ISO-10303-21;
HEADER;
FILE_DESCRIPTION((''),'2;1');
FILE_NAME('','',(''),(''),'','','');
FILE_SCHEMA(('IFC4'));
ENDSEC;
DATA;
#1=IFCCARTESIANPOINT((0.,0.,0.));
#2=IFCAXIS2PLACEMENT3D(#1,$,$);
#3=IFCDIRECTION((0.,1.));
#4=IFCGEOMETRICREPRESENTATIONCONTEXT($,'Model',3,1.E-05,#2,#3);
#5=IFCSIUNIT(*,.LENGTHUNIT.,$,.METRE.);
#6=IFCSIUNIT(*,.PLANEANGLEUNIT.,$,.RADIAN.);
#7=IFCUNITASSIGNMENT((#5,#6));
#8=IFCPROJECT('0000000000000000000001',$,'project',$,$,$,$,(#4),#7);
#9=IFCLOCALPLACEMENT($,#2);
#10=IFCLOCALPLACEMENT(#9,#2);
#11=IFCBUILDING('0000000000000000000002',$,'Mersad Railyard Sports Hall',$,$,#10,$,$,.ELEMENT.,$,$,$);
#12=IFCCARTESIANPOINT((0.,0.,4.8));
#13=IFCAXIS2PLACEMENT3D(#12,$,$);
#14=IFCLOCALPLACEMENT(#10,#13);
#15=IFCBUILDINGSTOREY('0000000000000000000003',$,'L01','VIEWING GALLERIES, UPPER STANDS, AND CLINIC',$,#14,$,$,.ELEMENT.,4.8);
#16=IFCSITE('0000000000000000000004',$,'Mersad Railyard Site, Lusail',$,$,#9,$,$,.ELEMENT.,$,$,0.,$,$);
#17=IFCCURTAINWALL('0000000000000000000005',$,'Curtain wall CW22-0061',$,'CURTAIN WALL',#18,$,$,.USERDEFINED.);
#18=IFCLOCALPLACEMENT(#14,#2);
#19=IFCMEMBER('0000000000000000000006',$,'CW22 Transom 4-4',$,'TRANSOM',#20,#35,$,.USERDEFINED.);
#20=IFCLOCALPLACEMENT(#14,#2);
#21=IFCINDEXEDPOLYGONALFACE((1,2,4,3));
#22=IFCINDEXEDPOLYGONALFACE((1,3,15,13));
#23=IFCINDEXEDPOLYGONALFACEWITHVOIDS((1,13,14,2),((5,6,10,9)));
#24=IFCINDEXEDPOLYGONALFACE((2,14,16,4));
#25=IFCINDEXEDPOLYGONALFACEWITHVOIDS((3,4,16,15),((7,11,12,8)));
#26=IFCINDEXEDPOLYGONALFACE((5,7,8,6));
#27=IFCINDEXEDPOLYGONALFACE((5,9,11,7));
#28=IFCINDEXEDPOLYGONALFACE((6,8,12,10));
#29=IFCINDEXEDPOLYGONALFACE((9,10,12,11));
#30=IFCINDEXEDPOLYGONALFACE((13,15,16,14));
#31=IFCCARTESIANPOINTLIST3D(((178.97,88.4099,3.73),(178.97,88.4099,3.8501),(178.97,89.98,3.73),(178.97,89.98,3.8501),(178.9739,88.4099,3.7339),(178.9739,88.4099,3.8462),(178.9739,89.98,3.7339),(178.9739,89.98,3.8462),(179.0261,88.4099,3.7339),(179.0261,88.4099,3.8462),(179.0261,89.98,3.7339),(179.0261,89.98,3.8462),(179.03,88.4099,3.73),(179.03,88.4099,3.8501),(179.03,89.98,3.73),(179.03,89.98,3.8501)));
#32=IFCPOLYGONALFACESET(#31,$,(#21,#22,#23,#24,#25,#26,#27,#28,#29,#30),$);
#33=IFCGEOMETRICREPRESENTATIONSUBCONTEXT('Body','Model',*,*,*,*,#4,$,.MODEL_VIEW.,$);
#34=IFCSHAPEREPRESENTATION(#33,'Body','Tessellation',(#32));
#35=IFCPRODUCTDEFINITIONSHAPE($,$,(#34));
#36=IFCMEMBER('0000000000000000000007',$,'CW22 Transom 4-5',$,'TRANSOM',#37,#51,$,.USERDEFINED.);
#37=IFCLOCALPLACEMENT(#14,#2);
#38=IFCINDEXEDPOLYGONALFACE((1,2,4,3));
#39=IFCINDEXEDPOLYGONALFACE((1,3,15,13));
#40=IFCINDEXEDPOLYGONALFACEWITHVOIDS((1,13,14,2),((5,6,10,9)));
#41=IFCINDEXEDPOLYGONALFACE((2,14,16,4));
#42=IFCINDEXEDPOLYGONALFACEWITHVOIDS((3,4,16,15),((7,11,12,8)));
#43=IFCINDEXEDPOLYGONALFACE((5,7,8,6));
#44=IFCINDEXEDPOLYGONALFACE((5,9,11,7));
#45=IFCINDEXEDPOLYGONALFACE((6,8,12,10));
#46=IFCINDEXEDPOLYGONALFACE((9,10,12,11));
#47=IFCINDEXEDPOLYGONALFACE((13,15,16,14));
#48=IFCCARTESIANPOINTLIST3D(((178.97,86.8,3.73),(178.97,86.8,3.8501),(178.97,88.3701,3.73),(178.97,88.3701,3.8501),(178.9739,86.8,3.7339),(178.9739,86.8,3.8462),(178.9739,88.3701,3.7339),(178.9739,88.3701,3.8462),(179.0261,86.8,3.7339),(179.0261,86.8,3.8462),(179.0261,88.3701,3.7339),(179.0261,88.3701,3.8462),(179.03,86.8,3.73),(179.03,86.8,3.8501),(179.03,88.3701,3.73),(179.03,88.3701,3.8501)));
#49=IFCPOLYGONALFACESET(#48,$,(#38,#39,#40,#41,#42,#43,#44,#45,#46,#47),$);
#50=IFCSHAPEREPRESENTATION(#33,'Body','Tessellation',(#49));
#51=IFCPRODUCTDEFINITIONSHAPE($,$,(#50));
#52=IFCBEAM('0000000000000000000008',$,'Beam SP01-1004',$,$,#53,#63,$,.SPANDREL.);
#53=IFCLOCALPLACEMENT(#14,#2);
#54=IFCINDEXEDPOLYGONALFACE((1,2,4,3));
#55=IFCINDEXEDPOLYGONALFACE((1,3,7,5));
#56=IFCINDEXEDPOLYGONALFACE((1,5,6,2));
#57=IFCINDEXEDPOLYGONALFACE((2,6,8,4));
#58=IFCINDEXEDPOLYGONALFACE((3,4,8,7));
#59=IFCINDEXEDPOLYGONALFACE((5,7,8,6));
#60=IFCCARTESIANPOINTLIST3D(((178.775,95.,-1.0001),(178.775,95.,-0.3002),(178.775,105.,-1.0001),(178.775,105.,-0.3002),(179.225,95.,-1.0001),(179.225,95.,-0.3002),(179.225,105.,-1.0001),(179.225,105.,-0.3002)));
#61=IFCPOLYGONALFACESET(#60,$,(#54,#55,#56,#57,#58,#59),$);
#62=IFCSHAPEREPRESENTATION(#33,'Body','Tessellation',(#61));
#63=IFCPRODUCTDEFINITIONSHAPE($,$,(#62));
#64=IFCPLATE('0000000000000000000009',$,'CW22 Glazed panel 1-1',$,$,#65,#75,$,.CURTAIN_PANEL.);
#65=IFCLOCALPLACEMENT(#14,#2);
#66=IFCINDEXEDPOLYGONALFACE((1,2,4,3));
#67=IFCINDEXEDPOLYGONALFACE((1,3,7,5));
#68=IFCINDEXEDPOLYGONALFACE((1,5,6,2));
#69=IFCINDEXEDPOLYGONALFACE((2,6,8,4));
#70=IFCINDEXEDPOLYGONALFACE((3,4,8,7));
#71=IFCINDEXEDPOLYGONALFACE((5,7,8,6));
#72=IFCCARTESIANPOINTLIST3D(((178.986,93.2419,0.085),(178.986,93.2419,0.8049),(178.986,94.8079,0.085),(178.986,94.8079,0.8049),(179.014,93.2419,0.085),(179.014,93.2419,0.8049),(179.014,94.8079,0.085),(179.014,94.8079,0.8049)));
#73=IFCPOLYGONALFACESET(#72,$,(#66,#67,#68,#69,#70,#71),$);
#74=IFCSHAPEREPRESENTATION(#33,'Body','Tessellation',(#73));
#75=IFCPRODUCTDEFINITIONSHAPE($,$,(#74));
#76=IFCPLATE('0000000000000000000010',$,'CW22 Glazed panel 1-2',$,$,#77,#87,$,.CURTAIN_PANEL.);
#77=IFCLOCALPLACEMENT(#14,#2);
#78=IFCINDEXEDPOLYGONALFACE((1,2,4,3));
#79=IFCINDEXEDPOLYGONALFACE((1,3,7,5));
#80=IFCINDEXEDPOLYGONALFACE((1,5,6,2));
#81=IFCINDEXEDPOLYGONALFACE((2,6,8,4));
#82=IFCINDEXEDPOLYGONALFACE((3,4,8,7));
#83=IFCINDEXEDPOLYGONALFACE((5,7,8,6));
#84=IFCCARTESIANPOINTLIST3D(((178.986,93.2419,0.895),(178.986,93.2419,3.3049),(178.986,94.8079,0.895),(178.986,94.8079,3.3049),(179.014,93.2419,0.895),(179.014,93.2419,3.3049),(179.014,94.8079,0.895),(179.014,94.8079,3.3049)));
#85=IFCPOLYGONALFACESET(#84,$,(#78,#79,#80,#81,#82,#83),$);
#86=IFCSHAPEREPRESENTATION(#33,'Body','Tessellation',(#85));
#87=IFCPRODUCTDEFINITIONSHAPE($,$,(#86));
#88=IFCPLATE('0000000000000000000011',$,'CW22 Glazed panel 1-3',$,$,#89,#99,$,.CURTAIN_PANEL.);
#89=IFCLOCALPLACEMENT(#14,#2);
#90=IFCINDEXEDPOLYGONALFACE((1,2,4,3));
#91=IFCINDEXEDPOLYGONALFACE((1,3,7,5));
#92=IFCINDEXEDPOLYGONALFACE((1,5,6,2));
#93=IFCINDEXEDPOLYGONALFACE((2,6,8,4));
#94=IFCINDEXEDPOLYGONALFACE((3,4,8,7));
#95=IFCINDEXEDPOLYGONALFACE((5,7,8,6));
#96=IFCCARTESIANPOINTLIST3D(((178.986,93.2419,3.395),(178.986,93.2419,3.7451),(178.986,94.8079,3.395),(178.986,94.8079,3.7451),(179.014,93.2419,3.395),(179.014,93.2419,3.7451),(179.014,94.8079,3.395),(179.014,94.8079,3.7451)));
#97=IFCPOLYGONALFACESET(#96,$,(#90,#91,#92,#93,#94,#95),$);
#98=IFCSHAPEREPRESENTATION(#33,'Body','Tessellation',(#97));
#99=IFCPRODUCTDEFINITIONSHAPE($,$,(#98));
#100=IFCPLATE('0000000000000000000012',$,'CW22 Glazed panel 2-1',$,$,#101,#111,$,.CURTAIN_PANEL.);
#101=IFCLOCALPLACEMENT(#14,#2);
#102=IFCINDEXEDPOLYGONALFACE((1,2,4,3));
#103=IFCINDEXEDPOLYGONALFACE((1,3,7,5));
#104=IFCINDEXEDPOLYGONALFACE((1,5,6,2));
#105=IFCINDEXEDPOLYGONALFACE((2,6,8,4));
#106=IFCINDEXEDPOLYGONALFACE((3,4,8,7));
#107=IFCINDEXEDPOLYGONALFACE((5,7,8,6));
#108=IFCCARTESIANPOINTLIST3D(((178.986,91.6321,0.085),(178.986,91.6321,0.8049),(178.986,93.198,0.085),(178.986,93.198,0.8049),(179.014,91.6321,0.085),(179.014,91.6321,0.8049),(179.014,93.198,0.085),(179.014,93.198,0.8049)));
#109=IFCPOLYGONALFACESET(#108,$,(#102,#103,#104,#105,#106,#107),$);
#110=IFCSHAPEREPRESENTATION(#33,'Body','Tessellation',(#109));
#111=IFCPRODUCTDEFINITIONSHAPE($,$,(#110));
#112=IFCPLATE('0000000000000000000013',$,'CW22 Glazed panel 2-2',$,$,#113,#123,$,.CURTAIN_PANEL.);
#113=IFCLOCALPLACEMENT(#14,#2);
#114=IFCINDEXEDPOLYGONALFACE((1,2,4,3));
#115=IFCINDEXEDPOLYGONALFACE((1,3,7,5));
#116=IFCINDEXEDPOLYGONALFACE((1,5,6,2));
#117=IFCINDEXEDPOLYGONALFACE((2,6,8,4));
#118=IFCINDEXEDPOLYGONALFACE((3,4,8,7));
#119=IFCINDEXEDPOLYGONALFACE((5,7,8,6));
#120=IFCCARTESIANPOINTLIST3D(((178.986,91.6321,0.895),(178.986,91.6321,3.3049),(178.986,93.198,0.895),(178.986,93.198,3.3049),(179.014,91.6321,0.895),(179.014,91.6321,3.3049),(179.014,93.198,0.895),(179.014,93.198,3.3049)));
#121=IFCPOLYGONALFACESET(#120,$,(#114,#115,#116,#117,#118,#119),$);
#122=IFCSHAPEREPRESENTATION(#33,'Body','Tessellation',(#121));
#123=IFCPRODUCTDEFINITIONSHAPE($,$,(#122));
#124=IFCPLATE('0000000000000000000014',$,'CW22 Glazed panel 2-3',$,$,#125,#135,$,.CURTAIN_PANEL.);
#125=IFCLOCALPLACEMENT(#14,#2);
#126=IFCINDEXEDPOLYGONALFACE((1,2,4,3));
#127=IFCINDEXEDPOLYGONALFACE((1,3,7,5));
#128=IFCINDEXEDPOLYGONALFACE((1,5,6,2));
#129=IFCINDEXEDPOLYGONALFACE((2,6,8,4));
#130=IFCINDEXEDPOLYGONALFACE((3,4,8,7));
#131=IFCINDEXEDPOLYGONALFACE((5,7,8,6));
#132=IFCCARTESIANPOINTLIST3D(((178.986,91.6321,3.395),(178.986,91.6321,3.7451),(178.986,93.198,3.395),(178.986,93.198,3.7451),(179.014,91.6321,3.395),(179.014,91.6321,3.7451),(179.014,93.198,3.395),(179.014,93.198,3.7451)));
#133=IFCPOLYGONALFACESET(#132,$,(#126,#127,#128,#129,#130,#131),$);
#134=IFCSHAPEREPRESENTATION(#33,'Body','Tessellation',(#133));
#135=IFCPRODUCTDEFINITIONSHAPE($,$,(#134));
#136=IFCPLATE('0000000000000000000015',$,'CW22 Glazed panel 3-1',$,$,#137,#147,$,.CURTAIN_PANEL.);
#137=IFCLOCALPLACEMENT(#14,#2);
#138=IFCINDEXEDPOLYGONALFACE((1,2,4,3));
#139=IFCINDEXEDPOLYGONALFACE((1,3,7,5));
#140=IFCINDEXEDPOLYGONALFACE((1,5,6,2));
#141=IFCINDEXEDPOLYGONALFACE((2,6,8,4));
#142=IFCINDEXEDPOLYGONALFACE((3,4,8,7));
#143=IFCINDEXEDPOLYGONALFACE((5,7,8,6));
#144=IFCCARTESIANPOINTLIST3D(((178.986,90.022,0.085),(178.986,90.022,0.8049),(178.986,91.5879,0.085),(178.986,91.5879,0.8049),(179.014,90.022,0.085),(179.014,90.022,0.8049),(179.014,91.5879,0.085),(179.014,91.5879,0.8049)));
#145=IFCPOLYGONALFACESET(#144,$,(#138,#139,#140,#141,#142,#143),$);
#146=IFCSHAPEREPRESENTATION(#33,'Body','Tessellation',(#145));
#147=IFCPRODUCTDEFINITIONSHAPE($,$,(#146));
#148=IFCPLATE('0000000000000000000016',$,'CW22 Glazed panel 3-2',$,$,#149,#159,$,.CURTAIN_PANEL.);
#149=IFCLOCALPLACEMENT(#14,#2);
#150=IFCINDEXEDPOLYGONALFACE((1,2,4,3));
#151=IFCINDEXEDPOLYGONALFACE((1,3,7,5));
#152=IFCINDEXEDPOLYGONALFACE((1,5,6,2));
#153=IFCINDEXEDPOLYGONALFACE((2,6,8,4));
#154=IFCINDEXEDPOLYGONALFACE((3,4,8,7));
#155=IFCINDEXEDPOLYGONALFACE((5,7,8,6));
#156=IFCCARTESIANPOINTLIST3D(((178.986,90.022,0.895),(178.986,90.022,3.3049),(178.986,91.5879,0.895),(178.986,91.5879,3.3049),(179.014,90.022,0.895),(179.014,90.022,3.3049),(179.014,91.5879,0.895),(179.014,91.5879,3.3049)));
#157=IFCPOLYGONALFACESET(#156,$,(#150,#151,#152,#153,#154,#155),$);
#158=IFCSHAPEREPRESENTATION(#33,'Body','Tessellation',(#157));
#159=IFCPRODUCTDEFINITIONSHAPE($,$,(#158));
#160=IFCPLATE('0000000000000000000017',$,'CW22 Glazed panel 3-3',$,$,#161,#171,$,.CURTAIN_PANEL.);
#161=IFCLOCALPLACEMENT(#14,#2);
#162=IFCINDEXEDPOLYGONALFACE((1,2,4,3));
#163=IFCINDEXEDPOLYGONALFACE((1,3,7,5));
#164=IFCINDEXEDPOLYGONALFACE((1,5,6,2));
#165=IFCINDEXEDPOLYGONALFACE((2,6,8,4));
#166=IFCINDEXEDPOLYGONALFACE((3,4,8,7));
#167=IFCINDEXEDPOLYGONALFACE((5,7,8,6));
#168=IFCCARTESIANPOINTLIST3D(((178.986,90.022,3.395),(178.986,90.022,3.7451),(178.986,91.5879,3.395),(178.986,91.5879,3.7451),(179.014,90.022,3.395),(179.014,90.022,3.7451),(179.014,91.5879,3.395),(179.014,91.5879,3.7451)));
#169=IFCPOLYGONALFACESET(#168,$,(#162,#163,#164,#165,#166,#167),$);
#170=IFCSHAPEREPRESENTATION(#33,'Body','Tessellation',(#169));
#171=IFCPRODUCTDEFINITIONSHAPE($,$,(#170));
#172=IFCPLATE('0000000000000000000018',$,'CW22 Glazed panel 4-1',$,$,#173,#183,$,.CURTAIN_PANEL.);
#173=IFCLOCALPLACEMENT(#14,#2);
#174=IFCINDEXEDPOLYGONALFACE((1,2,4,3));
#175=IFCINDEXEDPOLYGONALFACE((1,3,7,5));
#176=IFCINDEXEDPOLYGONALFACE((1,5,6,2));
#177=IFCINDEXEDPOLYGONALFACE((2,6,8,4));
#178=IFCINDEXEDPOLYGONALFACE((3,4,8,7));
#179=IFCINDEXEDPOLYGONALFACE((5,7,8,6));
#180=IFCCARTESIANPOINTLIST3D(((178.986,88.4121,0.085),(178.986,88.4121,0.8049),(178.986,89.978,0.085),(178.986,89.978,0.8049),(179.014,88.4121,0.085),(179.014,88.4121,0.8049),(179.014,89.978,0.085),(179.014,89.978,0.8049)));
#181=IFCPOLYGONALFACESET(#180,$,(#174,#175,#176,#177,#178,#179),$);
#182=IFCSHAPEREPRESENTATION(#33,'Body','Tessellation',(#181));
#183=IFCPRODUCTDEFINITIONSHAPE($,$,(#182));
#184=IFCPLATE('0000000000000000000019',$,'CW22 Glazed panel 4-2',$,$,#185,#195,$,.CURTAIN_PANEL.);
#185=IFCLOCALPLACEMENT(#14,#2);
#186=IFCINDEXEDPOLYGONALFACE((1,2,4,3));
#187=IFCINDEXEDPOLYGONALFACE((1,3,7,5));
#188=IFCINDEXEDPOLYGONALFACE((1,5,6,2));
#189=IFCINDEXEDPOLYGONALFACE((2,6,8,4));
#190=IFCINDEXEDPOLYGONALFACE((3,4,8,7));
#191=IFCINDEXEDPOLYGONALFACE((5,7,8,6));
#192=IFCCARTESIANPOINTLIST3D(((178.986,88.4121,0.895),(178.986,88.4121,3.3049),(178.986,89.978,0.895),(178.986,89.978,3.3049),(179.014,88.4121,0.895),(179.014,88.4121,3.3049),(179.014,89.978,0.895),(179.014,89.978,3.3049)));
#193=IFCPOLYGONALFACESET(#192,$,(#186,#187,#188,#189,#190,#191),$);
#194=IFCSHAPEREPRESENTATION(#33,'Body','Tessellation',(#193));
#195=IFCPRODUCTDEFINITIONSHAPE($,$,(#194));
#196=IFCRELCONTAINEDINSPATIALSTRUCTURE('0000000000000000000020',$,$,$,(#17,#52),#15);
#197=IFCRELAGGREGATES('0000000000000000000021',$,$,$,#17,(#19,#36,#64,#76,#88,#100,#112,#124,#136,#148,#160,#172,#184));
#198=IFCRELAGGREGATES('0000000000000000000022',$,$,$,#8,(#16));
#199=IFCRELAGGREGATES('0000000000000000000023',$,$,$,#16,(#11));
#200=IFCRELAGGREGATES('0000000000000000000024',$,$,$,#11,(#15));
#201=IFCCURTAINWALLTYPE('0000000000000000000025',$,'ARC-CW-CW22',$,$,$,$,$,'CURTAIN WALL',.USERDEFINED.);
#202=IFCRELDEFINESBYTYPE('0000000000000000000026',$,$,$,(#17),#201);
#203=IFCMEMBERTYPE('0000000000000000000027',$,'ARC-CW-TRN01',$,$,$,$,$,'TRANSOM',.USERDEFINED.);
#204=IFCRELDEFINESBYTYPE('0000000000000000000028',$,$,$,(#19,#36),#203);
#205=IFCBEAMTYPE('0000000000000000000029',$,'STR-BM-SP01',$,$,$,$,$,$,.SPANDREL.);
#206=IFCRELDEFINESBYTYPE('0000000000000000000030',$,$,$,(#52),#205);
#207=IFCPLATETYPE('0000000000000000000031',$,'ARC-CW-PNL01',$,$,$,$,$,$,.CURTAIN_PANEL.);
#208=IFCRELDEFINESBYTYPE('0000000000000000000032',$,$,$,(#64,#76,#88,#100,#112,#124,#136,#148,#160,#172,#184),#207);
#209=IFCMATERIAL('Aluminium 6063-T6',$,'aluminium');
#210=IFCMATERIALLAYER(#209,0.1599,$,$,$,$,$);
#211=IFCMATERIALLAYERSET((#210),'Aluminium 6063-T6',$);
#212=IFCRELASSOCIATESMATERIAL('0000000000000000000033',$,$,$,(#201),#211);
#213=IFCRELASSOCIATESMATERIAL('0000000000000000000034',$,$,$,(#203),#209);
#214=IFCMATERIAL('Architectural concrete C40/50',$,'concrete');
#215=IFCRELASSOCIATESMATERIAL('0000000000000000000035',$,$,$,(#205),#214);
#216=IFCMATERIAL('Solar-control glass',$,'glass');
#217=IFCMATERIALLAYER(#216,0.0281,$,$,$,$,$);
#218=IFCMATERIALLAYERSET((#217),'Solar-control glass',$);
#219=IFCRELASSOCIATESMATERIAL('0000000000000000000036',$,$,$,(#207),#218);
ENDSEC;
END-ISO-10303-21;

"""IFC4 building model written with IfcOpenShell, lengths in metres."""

from ifc_helpers import new_model, si_unit, direction, frame, origin, origin_2d, place, context, subcontext, project, spatial, rectangle, hollow_rectangle, extrude, material, layer, layer_set, material_profile, profile_set, type_object, element, aggregate, save


model = new_model("IFC4")

# Units and contexts
model_context = context("Model", 3, precision=1e-05, world=origin(), true_north=direction((0.0, 1.0)))
body_context = subcontext(model_context, "Body", "Model", "MODEL_VIEW")
ifc_project = project(units=[si_unit("LENGTHUNIT", "METRE"), si_unit("PLANEANGLEUNIT", "RADIAN")], contexts=[model_context])

# Site, building, storey
site_placement = place(None, origin())
site = spatial("IfcSite", under=ifc_project, at=site_placement, Name="Mersad Railyard Site, Lusail", CompositionType="ELEMENT", RefElevation=0.0)
building_placement = place(site_placement, origin())
building = spatial("IfcBuilding", under=site, at=building_placement, Name="Mersad Railyard Sports Hall", CompositionType="ELEMENT")
storey_placement = place(building_placement, frame((0.0, 0.0, 4.8)))
storey = spatial("IfcBuildingStorey", under=building, at=storey_placement, Name="L01", Description="VIEWING GALLERIES, UPPER STANDS, AND CLINIC", CompositionType="ELEMENT", Elevation=4.8)

# Curtain wall, members
ifc_material_1 = material(Name="Aluminium 6063-T6", Category="aluminium")
ifc_layer_1 = layer(ifc_material_1, 0.1599)
ifc_layer_set_1 = layer_set([ifc_layer_1], Name="Aluminium 6063-T6")
curtain_wall_type = type_object("IfcCurtainWallType", Name="ARC-CW-CW22", ElementType="CURTAIN WALL", PredefinedType="USERDEFINED", material=ifc_layer_set_1)
curtain_wall_placement = place(storey_placement, origin())
curtain_wall = element("IfcCurtainWall", 1, at=curtain_wall_placement, inside=storey, type_object=curtain_wall_type, Name="Curtain wall CW22-0061", ObjectType="CURTAIN WALL", PredefinedType="USERDEFINED")
ifc_material_profile_1 = material_profile(ifc_material_1, hollow_rectangle(XDim=0.0601, YDim=0.1201, WallThickness=0.0039, at=origin_2d()), Name="AL TRANSOM 60x120x4")
ifc_profile_set_1 = profile_set([ifc_material_profile_1], Name="Aluminium 6063-T6")
member_type_1 = type_object("IfcMemberType", Name="ARC-CW-TRN01", ElementType="TRANSOM", PredefinedType="USERDEFINED", material=ifc_profile_set_1)
member_1_placement = place(storey_placement, frame((179.0, 89.98, 3.79), z_axis=(0.0, -1.0, 0.0), x_axis=(1.0, 0.0, 0.0)))
member_1 = element("IfcMember", 2, at=member_1_placement, type_object=member_type_1, Name="CW22 Transom 4-4", ObjectType="TRANSOM", PredefinedType="USERDEFINED", context=body_context, shape_type="SweptSolid", body=[
    extrude(hollow_rectangle(XDim=0.0601, YDim=0.1201, WallThickness=0.0039, at=origin_2d()), origin(), (0.0, 0.0, 1.0), 1.5701),
])
member_2_placement = place(storey_placement, frame((179.0, 88.3701, 3.79), z_axis=(0.0, -1.0, 0.0), x_axis=(1.0, 0.0, 0.0)))
member_2 = element("IfcMember", 3, at=member_2_placement, type_object=member_type_1, Name="CW22 Transom 4-5", ObjectType="TRANSOM", PredefinedType="USERDEFINED", context=body_context, shape_type="SweptSolid", body=[
    extrude(hollow_rectangle(XDim=0.0601, YDim=0.1201, WallThickness=0.0039, at=origin_2d()), origin(), (0.0, 0.0, 1.0), 1.5701),
])

# Beam
ifc_material_2 = material(Name="Architectural concrete C40/50", Category="concrete")
ifc_material_profile_2 = material_profile(ifc_material_2, rectangle(XDim=0.45, YDim=0.7, at=origin_2d()), Name="RC 450x700")
ifc_profile_set_2 = profile_set([ifc_material_profile_2], Name="Architectural concrete C40/50")
beam_type = type_object("IfcBeamType", Name="STR-BM-SP01", PredefinedType="SPANDREL", material=ifc_profile_set_2)
beam_placement = place(storey_placement, frame((179.0, 95.0, -0.6501), z_axis=(0.0, 1.0, 0.0), x_axis=(-1.0, 0.0, 0.0)))
element("IfcBeam", 4, at=beam_placement, inside=storey, type_object=beam_type, Name="Beam SP01-1004", PredefinedType="SPANDREL", context=body_context, shape_type="SweptSolid", body=[
    extrude(rectangle(XDim=0.45, YDim=0.7, at=origin_2d()), origin(), (0.0, 0.0, 1.0), 10.0),
])

# Plates
ifc_material_3 = material(Name="Solar-control glass", Category="glass")
ifc_layer_2 = layer(ifc_material_3, 0.0281)
ifc_layer_set_2 = layer_set([ifc_layer_2], Name="Solar-control glass")
plate_type = type_object("IfcPlateType", Name="ARC-CW-PNL01", PredefinedType="CURTAIN_PANEL", material=ifc_layer_set_2)
plate_1_placement = place(storey_placement, frame((179.0, 94.0249, 0.085), z_axis=(0.0, 0.0, 1.0), x_axis=(0.0, -1.0, 0.0)))
plate_1 = element("IfcPlate", 5, at=plate_1_placement, type_object=plate_type, Name="CW22 Glazed panel 1-1", PredefinedType="CURTAIN_PANEL", context=body_context, shape_type="SweptSolid", body=[
    extrude(rectangle(XDim=1.5659, YDim=0.0281, at=origin_2d()), origin(), (0.0, 0.0, 1.0), 0.72),
])
plate_2_placement = place(storey_placement, frame((179.0, 94.0249, 0.895), z_axis=(0.0, 0.0, 1.0), x_axis=(0.0, -1.0, 0.0)))
plate_2 = element("IfcPlate", 6, at=plate_2_placement, type_object=plate_type, Name="CW22 Glazed panel 1-2", PredefinedType="CURTAIN_PANEL", context=body_context, shape_type="SweptSolid", body=[
    extrude(rectangle(XDim=1.5659, YDim=0.0281, at=origin_2d()), origin(), (0.0, 0.0, 1.0), 2.4099),
])
plate_3_placement = place(storey_placement, frame((179.0, 94.0249, 3.395), z_axis=(0.0, 0.0, 1.0), x_axis=(0.0, -1.0, 0.0)))
plate_3 = element("IfcPlate", 7, at=plate_3_placement, type_object=plate_type, Name="CW22 Glazed panel 1-3", PredefinedType="CURTAIN_PANEL", context=body_context, shape_type="SweptSolid", body=[
    extrude(rectangle(XDim=1.5659, YDim=0.0281, at=origin_2d()), origin(), (0.0, 0.0, 1.0), 0.3501),
])
plate_4_placement = place(storey_placement, frame((179.0, 92.415, 0.085), z_axis=(0.0, 0.0, 1.0), x_axis=(0.0, -1.0, 0.0)))
plate_4 = element("IfcPlate", 8, at=plate_4_placement, type_object=plate_type, Name="CW22 Glazed panel 2-1", PredefinedType="CURTAIN_PANEL", context=body_context, shape_type="SweptSolid", body=[
    extrude(rectangle(XDim=1.5659, YDim=0.0281, at=origin_2d()), origin(), (0.0, 0.0, 1.0), 0.72),
])
plate_5_placement = place(storey_placement, frame((179.0, 92.415, 0.895), z_axis=(0.0, 0.0, 1.0), x_axis=(0.0, -1.0, 0.0)))
plate_5 = element("IfcPlate", 9, at=plate_5_placement, type_object=plate_type, Name="CW22 Glazed panel 2-2", PredefinedType="CURTAIN_PANEL", context=body_context, shape_type="SweptSolid", body=[
    extrude(rectangle(XDim=1.5659, YDim=0.0281, at=origin_2d()), origin(), (0.0, 0.0, 1.0), 2.4099),
])
plate_6_placement = place(storey_placement, frame((179.0, 92.415, 3.395), z_axis=(0.0, 0.0, 1.0), x_axis=(0.0, -1.0, 0.0)))
plate_6 = element("IfcPlate", 10, at=plate_6_placement, type_object=plate_type, Name="CW22 Glazed panel 2-3", PredefinedType="CURTAIN_PANEL", context=body_context, shape_type="SweptSolid", body=[
    extrude(rectangle(XDim=1.5659, YDim=0.0281, at=origin_2d()), origin(), (0.0, 0.0, 1.0), 0.3501),
])
plate_7_placement = place(storey_placement, frame((179.0, 90.8049, 0.085), z_axis=(0.0, 0.0, 1.0), x_axis=(0.0, -1.0, 0.0)))
plate_7 = element("IfcPlate", 11, at=plate_7_placement, type_object=plate_type, Name="CW22 Glazed panel 3-1", PredefinedType="CURTAIN_PANEL", context=body_context, shape_type="SweptSolid", body=[
    extrude(rectangle(XDim=1.5659, YDim=0.0281, at=origin_2d()), origin(), (0.0, 0.0, 1.0), 0.72),
])
plate_8_placement = place(storey_placement, frame((179.0, 90.8049, 0.895), z_axis=(0.0, 0.0, 1.0), x_axis=(0.0, -1.0, 0.0)))
plate_8 = element("IfcPlate", 12, at=plate_8_placement, type_object=plate_type, Name="CW22 Glazed panel 3-2", PredefinedType="CURTAIN_PANEL", context=body_context, shape_type="SweptSolid", body=[
    extrude(rectangle(XDim=1.5659, YDim=0.0281, at=origin_2d()), origin(), (0.0, 0.0, 1.0), 2.4099),
])
plate_9_placement = place(storey_placement, frame((179.0, 90.8049, 3.395), z_axis=(0.0, 0.0, 1.0), x_axis=(0.0, -1.0, 0.0)))
plate_9 = element("IfcPlate", 13, at=plate_9_placement, type_object=plate_type, Name="CW22 Glazed panel 3-3", PredefinedType="CURTAIN_PANEL", context=body_context, shape_type="SweptSolid", body=[
    extrude(rectangle(XDim=1.5659, YDim=0.0281, at=origin_2d()), origin(), (0.0, 0.0, 1.0), 0.3501),
])
plate_10_placement = place(storey_placement, frame((179.0, 89.1951, 0.085), z_axis=(0.0, 0.0, 1.0), x_axis=(0.0, -1.0, 0.0)))
plate_10 = element("IfcPlate", 14, at=plate_10_placement, type_object=plate_type, Name="CW22 Glazed panel 4-1", PredefinedType="CURTAIN_PANEL", context=body_context, shape_type="SweptSolid", body=[
    extrude(rectangle(XDim=1.5659, YDim=0.0281, at=origin_2d()), origin(), (0.0, 0.0, 1.0), 0.72),
])
plate_11_placement = place(storey_placement, frame((179.0, 89.1951, 0.895), z_axis=(0.0, 0.0, 1.0), x_axis=(0.0, -1.0, 0.0)))
plate_11 = element("IfcPlate", 15, at=plate_11_placement, type_object=plate_type, Name="CW22 Glazed panel 4-2", PredefinedType="CURTAIN_PANEL", context=body_context, shape_type="SweptSolid", body=[
    extrude(rectangle(XDim=1.5659, YDim=0.0281, at=origin_2d()), origin(), (0.0, 0.0, 1.0), 2.4099),
])
aggregate(curtain_wall, [member_1, member_2, plate_1, plate_2, plate_3, plate_4, plate_5, plate_6, plate_7, plate_8, plate_9, plate_10, plate_11])

save(model, "model.ifc")
